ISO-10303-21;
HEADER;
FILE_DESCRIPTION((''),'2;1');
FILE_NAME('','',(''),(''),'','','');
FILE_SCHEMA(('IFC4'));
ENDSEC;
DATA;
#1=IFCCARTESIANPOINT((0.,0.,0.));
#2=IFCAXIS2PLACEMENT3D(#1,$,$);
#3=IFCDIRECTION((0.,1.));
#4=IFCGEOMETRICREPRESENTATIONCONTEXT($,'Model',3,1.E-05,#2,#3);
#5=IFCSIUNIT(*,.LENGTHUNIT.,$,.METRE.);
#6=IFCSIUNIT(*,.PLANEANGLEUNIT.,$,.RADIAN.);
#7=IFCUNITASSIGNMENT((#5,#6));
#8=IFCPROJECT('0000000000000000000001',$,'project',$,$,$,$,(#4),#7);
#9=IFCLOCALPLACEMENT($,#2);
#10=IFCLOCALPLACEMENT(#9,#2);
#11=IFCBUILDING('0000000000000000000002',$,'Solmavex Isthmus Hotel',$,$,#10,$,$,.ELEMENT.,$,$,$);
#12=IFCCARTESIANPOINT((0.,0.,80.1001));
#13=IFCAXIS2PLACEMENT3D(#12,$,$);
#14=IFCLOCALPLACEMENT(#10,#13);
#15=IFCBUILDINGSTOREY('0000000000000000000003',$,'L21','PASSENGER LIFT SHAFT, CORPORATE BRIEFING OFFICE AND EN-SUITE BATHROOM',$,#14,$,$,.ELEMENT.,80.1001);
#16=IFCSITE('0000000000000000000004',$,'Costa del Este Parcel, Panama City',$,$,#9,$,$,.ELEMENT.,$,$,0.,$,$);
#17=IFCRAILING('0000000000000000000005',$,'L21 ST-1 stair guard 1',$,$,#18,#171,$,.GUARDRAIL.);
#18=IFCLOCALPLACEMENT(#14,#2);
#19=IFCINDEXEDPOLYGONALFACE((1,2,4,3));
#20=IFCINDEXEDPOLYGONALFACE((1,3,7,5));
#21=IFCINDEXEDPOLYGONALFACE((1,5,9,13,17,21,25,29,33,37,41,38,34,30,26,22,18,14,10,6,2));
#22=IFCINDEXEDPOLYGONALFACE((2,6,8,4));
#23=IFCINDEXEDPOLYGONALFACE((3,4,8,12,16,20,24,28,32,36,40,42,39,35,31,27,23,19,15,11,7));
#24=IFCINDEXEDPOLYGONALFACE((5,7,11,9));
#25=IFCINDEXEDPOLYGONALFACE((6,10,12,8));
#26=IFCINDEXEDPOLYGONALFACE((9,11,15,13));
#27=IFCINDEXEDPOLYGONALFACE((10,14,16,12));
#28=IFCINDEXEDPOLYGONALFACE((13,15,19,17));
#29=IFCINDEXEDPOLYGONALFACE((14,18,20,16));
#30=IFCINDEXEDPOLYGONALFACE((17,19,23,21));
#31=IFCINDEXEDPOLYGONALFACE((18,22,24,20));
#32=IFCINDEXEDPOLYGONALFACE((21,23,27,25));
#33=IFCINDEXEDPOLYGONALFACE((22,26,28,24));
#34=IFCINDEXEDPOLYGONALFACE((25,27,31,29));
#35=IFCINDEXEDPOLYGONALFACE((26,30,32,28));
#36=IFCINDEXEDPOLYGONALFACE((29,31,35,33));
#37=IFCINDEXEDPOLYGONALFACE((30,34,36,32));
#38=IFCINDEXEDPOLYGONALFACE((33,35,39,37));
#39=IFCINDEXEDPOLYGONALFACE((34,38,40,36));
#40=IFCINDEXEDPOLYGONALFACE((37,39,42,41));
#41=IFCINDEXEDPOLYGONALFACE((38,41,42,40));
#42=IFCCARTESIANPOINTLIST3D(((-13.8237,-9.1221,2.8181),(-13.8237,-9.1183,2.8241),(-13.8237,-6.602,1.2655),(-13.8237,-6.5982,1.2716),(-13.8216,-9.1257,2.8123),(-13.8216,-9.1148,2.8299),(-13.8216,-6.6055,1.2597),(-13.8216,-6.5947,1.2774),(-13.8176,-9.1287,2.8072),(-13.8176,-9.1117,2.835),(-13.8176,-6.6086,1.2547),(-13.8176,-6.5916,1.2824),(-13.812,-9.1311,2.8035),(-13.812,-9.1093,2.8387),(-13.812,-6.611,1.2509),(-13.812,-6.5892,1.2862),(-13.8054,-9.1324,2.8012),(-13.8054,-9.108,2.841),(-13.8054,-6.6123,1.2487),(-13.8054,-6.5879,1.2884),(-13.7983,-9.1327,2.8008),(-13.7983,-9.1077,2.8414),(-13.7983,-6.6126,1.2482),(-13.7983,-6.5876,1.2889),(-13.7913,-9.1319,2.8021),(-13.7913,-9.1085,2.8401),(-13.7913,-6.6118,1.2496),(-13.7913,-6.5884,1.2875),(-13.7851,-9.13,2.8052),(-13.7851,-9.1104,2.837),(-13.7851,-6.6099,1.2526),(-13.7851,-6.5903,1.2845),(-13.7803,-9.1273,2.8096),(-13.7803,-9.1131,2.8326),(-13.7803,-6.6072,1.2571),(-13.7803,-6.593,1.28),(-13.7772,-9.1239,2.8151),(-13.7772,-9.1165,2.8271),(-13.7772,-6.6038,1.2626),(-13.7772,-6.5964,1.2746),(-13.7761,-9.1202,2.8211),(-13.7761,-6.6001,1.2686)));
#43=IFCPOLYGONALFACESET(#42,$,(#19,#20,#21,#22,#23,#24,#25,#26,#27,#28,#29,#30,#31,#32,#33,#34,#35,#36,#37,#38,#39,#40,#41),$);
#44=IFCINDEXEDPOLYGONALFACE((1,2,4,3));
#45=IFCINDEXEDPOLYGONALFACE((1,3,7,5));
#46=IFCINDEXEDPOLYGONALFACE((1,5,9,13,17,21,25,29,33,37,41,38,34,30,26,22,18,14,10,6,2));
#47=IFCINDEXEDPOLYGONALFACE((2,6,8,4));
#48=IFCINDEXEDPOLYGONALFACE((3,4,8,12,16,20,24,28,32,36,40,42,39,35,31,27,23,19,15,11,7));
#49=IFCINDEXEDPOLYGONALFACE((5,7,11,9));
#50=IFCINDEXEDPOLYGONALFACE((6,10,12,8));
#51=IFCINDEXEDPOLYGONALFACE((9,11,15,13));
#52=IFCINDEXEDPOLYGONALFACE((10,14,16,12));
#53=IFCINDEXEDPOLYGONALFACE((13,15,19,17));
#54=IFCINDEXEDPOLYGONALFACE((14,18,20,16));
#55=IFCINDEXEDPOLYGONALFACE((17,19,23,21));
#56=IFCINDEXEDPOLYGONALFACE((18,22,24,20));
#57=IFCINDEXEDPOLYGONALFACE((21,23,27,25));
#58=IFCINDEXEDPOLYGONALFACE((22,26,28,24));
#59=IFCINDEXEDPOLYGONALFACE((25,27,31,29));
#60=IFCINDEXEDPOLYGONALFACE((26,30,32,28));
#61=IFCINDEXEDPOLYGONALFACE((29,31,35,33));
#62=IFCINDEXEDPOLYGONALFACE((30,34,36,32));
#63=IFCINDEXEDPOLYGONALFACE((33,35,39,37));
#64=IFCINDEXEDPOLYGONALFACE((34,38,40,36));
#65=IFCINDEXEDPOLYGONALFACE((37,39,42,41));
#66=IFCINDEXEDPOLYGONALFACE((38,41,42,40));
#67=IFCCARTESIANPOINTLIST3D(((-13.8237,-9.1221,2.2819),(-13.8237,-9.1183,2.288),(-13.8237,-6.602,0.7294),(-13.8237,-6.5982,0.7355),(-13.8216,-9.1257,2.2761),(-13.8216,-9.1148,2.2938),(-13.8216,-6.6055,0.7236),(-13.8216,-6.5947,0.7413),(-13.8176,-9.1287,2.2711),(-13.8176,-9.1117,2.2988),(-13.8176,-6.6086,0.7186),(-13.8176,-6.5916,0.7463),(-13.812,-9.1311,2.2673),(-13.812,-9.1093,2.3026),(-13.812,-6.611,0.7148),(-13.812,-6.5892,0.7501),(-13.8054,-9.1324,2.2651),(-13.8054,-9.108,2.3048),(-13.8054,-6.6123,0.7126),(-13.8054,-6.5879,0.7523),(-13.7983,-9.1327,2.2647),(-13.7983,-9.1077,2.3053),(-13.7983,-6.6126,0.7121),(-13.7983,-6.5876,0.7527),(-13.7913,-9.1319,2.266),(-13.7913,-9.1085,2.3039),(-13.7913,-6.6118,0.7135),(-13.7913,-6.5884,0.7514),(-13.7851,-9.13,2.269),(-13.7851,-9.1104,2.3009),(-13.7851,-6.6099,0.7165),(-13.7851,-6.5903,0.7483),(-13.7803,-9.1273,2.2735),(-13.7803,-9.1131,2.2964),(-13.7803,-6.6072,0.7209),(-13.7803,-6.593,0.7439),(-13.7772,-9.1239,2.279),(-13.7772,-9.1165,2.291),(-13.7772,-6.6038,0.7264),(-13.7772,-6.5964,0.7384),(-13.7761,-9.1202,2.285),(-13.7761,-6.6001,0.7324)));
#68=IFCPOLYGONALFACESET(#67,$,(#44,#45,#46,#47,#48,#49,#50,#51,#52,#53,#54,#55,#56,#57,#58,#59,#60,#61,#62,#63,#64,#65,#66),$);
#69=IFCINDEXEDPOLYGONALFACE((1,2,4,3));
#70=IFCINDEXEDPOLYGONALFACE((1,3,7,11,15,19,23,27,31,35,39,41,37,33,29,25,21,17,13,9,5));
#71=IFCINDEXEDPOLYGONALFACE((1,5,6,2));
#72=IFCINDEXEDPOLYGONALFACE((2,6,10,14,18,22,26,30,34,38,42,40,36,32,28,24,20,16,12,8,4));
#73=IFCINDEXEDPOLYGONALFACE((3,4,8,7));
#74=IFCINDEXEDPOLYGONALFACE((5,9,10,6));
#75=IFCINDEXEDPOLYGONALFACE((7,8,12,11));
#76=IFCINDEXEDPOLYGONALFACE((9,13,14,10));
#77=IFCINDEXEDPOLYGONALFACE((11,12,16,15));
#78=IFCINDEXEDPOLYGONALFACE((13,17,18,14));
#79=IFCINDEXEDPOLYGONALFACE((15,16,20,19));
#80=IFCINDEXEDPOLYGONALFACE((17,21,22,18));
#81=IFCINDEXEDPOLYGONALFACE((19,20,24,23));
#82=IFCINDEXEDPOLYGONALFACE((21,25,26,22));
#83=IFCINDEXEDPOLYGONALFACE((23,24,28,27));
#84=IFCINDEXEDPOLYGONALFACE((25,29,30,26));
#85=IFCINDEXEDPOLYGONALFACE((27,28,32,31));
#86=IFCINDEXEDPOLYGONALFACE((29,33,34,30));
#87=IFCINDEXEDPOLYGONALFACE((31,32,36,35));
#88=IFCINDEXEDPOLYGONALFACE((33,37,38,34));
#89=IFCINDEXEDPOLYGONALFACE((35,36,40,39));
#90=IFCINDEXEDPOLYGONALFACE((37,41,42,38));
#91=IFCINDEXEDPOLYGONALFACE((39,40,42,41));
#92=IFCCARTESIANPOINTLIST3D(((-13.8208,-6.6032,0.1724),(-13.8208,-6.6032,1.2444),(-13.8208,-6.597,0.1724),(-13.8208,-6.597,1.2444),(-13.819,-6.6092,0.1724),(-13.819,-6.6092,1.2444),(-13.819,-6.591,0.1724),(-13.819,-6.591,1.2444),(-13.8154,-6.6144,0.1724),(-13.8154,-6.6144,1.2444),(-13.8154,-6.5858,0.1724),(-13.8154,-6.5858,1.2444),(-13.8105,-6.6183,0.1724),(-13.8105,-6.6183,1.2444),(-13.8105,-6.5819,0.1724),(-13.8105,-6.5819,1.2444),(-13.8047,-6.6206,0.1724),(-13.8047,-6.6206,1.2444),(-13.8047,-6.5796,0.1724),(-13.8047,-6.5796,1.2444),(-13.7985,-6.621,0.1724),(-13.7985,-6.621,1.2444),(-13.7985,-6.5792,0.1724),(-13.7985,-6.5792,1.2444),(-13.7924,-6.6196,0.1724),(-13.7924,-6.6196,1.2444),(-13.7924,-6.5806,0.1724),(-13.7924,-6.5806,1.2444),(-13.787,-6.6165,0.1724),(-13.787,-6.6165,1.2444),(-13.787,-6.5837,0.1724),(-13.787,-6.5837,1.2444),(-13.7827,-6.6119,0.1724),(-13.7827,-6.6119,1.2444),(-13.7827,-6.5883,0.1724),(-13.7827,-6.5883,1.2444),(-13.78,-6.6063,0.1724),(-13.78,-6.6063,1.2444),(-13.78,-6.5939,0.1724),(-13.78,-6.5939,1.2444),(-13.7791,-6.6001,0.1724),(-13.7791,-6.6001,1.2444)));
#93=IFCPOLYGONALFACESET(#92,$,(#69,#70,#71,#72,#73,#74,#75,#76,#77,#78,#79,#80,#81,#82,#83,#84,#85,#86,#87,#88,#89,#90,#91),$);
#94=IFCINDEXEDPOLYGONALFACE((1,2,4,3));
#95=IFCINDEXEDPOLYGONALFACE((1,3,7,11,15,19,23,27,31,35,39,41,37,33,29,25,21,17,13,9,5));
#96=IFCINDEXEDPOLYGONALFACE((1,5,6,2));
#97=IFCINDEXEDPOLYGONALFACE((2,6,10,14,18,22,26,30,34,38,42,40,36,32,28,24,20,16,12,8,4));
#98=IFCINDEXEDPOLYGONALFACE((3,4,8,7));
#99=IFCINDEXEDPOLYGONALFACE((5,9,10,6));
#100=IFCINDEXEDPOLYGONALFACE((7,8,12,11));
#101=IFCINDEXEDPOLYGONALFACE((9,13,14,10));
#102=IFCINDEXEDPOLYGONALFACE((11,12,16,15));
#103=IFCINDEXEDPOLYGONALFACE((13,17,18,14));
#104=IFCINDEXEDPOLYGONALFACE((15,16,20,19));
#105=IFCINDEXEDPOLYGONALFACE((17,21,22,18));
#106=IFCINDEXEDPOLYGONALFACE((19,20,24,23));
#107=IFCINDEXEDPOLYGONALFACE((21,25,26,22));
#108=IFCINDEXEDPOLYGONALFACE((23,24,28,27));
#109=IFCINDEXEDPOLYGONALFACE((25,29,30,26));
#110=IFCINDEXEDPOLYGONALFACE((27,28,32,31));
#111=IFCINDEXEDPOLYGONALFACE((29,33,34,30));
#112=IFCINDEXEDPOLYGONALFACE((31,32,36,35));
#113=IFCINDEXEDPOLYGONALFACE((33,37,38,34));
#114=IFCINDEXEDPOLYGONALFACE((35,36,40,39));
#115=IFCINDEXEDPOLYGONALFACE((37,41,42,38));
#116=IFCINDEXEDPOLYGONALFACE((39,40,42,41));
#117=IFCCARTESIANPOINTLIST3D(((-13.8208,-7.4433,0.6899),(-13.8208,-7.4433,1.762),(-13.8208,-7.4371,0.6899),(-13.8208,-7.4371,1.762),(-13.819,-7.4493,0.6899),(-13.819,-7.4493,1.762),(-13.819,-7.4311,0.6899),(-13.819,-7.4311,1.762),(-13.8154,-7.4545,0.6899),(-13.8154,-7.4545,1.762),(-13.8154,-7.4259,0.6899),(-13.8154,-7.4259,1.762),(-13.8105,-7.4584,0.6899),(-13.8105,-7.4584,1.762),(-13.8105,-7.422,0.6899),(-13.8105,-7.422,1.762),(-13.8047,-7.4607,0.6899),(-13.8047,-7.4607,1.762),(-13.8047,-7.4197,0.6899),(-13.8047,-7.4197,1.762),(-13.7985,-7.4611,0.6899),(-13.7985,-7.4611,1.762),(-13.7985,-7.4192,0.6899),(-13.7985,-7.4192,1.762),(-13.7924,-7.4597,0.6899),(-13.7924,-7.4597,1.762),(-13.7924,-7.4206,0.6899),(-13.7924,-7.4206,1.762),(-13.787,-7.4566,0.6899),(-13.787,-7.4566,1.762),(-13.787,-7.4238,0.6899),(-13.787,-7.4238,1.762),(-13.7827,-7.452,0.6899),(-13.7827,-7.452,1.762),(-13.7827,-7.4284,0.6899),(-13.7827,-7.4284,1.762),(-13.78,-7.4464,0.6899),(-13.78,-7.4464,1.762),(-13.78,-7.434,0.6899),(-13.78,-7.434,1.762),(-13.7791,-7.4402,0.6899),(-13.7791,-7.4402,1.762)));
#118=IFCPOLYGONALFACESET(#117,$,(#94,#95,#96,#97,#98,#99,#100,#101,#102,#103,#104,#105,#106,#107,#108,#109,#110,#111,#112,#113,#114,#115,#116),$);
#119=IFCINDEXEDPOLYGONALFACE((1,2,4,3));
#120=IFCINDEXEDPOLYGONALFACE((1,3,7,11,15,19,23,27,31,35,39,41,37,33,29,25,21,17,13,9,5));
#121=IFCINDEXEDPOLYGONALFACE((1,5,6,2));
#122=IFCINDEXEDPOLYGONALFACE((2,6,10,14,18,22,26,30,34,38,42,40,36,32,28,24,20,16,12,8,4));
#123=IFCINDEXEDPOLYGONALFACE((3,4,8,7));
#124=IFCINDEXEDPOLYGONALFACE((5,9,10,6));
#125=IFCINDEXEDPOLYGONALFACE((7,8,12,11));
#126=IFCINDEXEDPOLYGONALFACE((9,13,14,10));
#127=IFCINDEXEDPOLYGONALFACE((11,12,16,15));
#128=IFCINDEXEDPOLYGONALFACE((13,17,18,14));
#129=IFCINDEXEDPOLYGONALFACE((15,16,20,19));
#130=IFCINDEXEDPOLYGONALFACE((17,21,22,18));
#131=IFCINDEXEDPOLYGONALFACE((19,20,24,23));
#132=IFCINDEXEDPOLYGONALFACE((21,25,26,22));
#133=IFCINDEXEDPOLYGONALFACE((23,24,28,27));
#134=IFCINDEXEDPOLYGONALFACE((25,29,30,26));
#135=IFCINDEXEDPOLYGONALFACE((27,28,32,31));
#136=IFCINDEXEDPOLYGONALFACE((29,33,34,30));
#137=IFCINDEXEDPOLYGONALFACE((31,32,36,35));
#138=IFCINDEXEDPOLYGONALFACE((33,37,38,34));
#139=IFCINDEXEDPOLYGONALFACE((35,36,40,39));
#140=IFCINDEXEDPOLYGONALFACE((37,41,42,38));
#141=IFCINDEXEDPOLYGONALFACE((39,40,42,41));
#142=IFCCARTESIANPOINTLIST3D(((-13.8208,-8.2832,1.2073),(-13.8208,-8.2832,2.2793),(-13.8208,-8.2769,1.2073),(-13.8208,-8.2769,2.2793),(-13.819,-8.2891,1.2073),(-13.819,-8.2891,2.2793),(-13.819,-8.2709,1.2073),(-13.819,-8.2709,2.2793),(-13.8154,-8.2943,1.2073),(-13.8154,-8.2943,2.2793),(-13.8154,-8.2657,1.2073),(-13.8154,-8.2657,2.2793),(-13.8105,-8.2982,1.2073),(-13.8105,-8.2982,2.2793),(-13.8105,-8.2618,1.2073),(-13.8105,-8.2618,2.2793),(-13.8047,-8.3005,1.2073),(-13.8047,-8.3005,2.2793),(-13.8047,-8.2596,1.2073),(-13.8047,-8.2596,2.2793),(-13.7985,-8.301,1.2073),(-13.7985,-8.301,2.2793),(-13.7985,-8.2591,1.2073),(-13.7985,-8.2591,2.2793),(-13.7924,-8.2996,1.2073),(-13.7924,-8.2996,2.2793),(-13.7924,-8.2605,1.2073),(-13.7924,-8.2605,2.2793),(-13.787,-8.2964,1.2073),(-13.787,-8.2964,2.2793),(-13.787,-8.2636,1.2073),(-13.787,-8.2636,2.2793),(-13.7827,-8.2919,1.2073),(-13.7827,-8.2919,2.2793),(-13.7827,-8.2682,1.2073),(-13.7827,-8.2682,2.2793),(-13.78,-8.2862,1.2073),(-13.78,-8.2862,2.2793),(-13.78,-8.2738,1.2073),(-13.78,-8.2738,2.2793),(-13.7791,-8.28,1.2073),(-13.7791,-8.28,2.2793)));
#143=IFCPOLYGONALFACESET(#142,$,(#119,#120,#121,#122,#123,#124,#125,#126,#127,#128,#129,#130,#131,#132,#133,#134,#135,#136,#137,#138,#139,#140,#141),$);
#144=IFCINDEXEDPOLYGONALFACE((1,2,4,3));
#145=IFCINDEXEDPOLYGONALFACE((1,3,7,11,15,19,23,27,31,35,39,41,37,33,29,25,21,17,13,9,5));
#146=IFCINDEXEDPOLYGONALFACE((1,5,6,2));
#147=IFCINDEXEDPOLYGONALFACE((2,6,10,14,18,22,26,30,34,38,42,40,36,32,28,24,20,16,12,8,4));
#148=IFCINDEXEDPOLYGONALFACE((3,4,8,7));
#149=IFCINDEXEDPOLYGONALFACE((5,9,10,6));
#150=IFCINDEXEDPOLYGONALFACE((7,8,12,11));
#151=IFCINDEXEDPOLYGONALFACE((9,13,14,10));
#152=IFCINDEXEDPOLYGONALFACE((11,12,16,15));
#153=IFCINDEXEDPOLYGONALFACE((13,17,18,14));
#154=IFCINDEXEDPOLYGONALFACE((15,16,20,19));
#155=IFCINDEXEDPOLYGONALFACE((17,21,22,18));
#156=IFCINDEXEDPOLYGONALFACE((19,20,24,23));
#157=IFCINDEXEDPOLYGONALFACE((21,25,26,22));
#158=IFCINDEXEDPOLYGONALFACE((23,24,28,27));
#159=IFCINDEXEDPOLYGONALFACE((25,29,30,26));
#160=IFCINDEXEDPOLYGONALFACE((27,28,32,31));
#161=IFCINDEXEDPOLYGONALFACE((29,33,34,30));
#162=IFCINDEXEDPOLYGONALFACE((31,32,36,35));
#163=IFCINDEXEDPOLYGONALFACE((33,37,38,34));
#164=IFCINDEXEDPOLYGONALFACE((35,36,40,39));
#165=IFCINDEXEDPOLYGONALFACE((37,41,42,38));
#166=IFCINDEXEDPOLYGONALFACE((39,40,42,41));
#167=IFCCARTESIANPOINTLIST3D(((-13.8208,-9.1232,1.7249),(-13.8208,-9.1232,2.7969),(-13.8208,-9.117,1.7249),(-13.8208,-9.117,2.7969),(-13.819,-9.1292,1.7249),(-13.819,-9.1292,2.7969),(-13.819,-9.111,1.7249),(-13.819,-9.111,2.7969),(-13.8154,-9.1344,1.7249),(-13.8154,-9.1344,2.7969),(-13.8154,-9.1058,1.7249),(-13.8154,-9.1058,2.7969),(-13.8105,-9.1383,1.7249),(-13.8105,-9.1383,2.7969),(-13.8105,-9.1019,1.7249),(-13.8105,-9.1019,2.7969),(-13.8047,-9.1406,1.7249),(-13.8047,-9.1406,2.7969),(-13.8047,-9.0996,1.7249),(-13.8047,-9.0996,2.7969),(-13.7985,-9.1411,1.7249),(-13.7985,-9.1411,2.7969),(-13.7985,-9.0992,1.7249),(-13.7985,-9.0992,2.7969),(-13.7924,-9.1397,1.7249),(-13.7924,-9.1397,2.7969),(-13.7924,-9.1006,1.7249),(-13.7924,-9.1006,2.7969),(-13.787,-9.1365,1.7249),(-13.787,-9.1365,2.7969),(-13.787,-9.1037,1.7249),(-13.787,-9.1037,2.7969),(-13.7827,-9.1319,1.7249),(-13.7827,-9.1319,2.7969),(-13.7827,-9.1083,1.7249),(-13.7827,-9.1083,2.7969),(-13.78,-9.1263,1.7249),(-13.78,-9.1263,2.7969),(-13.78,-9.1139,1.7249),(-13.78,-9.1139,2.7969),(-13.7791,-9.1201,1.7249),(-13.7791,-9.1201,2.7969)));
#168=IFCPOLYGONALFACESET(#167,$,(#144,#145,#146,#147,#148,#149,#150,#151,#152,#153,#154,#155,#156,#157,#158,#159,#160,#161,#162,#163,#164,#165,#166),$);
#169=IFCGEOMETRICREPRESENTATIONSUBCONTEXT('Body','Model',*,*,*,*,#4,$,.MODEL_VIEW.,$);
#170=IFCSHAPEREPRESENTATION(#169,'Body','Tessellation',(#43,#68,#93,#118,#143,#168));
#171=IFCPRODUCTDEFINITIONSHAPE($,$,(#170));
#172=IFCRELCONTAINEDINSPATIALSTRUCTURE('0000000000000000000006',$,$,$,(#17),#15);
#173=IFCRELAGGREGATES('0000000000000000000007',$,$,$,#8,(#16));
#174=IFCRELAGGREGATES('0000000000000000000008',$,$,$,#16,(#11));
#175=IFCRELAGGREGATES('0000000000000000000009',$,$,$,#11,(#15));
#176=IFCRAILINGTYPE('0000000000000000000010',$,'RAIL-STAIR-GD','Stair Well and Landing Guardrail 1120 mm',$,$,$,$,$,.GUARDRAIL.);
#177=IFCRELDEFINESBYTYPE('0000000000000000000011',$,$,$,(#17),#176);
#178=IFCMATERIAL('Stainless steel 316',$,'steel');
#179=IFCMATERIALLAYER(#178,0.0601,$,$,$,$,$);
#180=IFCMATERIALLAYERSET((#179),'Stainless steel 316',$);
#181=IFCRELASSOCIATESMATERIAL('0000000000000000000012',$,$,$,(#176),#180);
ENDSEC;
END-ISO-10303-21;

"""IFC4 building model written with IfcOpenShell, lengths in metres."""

from ifc_helpers import new_model, si_unit, direction, frame, origin, origin_2d, place, context, subcontext, project, spatial, circle, extrude, material, layer, layer_set, type_object, element, save


model = new_model("IFC4")

# Units and contexts
model_context = context("Model", 3, precision=1e-05, world=origin(), true_north=direction((0.0, 1.0)))
body_context = subcontext(model_context, "Body", "Model", "MODEL_VIEW")
ifc_project = project(units=[si_unit("LENGTHUNIT", "METRE"), si_unit("PLANEANGLEUNIT", "RADIAN")], contexts=[model_context])

# Site, building, storey
site_placement = place(None, origin())
site = spatial("IfcSite", under=ifc_project, at=site_placement, Name="Costa del Este Parcel, Panama City", CompositionType="ELEMENT", RefElevation=0.0)
building_placement = place(site_placement, origin())
building = spatial("IfcBuilding", under=site, at=building_placement, Name="Solmavex Isthmus Hotel", CompositionType="ELEMENT")
storey_placement = place(building_placement, frame((0.0, 0.0, 80.1001)))
storey = spatial("IfcBuildingStorey", under=building, at=storey_placement, Name="L21", Description="PASSENGER LIFT SHAFT, CORPORATE BRIEFING OFFICE AND EN-SUITE BATHROOM", CompositionType="ELEMENT", Elevation=80.1001)

# Railing
ifc_material_1 = material(Name="Stainless steel 316", Category="steel")
ifc_layer_1 = layer(ifc_material_1, 0.0601)
ifc_layer_set_1 = layer_set([ifc_layer_1], Name="Stainless steel 316")
railing_type_1 = type_object("IfcRailingType", Name="RAIL-STAIR-GD", Description="Stair Well and Landing Guardrail 1120 mm", PredefinedType="GUARDRAIL", material=ifc_layer_set_1)
railing_1_placement = place(storey_placement, frame((-13.8, -6.6001, 0.1724)))
element("IfcRailing", 1, at=railing_1_placement, inside=storey, type_object=railing_type_1, Name="L21 ST-1 stair guard 1", PredefinedType="GUARDRAIL", context=body_context, shape_type="SweptSolid", body=[
    extrude(circle(Radius=0.0239, at=origin_2d()), frame((0.0, 0.0, 1.0962), z_axis=(0.0, -0.8514, 0.524516), x_axis=(1.0, 0.0, 0.0)), (0.0, 0.0, 1.0), 2.96),
    extrude(circle(Radius=0.0239, at=origin_2d()), frame((0.0, 0.0, 0.5601), z_axis=(0.0, -0.8514, 0.524516), x_axis=(1.0, 0.0, 0.0)), (0.0, 0.0, 1.0), 2.96),
    extrude(circle(Radius=0.021, at=origin_2d()), origin(), (0.0, 0.0, 1.0), 1.072),
    extrude(circle(Radius=0.021, at=origin_2d()), frame((0.0, -0.8401, 0.5176)), (0.0, 0.0, 1.0), 1.072),
    extrude(circle(Radius=0.021, at=origin_2d()), frame((0.0, -1.6799, 1.0349)), (0.0, 0.0, 1.0), 1.072),
    extrude(circle(Radius=0.021, at=origin_2d()), frame((0.0, -2.52, 1.5525)), (0.0, 0.0, 1.0), 1.072),
])

save(model, "model.ifc")
